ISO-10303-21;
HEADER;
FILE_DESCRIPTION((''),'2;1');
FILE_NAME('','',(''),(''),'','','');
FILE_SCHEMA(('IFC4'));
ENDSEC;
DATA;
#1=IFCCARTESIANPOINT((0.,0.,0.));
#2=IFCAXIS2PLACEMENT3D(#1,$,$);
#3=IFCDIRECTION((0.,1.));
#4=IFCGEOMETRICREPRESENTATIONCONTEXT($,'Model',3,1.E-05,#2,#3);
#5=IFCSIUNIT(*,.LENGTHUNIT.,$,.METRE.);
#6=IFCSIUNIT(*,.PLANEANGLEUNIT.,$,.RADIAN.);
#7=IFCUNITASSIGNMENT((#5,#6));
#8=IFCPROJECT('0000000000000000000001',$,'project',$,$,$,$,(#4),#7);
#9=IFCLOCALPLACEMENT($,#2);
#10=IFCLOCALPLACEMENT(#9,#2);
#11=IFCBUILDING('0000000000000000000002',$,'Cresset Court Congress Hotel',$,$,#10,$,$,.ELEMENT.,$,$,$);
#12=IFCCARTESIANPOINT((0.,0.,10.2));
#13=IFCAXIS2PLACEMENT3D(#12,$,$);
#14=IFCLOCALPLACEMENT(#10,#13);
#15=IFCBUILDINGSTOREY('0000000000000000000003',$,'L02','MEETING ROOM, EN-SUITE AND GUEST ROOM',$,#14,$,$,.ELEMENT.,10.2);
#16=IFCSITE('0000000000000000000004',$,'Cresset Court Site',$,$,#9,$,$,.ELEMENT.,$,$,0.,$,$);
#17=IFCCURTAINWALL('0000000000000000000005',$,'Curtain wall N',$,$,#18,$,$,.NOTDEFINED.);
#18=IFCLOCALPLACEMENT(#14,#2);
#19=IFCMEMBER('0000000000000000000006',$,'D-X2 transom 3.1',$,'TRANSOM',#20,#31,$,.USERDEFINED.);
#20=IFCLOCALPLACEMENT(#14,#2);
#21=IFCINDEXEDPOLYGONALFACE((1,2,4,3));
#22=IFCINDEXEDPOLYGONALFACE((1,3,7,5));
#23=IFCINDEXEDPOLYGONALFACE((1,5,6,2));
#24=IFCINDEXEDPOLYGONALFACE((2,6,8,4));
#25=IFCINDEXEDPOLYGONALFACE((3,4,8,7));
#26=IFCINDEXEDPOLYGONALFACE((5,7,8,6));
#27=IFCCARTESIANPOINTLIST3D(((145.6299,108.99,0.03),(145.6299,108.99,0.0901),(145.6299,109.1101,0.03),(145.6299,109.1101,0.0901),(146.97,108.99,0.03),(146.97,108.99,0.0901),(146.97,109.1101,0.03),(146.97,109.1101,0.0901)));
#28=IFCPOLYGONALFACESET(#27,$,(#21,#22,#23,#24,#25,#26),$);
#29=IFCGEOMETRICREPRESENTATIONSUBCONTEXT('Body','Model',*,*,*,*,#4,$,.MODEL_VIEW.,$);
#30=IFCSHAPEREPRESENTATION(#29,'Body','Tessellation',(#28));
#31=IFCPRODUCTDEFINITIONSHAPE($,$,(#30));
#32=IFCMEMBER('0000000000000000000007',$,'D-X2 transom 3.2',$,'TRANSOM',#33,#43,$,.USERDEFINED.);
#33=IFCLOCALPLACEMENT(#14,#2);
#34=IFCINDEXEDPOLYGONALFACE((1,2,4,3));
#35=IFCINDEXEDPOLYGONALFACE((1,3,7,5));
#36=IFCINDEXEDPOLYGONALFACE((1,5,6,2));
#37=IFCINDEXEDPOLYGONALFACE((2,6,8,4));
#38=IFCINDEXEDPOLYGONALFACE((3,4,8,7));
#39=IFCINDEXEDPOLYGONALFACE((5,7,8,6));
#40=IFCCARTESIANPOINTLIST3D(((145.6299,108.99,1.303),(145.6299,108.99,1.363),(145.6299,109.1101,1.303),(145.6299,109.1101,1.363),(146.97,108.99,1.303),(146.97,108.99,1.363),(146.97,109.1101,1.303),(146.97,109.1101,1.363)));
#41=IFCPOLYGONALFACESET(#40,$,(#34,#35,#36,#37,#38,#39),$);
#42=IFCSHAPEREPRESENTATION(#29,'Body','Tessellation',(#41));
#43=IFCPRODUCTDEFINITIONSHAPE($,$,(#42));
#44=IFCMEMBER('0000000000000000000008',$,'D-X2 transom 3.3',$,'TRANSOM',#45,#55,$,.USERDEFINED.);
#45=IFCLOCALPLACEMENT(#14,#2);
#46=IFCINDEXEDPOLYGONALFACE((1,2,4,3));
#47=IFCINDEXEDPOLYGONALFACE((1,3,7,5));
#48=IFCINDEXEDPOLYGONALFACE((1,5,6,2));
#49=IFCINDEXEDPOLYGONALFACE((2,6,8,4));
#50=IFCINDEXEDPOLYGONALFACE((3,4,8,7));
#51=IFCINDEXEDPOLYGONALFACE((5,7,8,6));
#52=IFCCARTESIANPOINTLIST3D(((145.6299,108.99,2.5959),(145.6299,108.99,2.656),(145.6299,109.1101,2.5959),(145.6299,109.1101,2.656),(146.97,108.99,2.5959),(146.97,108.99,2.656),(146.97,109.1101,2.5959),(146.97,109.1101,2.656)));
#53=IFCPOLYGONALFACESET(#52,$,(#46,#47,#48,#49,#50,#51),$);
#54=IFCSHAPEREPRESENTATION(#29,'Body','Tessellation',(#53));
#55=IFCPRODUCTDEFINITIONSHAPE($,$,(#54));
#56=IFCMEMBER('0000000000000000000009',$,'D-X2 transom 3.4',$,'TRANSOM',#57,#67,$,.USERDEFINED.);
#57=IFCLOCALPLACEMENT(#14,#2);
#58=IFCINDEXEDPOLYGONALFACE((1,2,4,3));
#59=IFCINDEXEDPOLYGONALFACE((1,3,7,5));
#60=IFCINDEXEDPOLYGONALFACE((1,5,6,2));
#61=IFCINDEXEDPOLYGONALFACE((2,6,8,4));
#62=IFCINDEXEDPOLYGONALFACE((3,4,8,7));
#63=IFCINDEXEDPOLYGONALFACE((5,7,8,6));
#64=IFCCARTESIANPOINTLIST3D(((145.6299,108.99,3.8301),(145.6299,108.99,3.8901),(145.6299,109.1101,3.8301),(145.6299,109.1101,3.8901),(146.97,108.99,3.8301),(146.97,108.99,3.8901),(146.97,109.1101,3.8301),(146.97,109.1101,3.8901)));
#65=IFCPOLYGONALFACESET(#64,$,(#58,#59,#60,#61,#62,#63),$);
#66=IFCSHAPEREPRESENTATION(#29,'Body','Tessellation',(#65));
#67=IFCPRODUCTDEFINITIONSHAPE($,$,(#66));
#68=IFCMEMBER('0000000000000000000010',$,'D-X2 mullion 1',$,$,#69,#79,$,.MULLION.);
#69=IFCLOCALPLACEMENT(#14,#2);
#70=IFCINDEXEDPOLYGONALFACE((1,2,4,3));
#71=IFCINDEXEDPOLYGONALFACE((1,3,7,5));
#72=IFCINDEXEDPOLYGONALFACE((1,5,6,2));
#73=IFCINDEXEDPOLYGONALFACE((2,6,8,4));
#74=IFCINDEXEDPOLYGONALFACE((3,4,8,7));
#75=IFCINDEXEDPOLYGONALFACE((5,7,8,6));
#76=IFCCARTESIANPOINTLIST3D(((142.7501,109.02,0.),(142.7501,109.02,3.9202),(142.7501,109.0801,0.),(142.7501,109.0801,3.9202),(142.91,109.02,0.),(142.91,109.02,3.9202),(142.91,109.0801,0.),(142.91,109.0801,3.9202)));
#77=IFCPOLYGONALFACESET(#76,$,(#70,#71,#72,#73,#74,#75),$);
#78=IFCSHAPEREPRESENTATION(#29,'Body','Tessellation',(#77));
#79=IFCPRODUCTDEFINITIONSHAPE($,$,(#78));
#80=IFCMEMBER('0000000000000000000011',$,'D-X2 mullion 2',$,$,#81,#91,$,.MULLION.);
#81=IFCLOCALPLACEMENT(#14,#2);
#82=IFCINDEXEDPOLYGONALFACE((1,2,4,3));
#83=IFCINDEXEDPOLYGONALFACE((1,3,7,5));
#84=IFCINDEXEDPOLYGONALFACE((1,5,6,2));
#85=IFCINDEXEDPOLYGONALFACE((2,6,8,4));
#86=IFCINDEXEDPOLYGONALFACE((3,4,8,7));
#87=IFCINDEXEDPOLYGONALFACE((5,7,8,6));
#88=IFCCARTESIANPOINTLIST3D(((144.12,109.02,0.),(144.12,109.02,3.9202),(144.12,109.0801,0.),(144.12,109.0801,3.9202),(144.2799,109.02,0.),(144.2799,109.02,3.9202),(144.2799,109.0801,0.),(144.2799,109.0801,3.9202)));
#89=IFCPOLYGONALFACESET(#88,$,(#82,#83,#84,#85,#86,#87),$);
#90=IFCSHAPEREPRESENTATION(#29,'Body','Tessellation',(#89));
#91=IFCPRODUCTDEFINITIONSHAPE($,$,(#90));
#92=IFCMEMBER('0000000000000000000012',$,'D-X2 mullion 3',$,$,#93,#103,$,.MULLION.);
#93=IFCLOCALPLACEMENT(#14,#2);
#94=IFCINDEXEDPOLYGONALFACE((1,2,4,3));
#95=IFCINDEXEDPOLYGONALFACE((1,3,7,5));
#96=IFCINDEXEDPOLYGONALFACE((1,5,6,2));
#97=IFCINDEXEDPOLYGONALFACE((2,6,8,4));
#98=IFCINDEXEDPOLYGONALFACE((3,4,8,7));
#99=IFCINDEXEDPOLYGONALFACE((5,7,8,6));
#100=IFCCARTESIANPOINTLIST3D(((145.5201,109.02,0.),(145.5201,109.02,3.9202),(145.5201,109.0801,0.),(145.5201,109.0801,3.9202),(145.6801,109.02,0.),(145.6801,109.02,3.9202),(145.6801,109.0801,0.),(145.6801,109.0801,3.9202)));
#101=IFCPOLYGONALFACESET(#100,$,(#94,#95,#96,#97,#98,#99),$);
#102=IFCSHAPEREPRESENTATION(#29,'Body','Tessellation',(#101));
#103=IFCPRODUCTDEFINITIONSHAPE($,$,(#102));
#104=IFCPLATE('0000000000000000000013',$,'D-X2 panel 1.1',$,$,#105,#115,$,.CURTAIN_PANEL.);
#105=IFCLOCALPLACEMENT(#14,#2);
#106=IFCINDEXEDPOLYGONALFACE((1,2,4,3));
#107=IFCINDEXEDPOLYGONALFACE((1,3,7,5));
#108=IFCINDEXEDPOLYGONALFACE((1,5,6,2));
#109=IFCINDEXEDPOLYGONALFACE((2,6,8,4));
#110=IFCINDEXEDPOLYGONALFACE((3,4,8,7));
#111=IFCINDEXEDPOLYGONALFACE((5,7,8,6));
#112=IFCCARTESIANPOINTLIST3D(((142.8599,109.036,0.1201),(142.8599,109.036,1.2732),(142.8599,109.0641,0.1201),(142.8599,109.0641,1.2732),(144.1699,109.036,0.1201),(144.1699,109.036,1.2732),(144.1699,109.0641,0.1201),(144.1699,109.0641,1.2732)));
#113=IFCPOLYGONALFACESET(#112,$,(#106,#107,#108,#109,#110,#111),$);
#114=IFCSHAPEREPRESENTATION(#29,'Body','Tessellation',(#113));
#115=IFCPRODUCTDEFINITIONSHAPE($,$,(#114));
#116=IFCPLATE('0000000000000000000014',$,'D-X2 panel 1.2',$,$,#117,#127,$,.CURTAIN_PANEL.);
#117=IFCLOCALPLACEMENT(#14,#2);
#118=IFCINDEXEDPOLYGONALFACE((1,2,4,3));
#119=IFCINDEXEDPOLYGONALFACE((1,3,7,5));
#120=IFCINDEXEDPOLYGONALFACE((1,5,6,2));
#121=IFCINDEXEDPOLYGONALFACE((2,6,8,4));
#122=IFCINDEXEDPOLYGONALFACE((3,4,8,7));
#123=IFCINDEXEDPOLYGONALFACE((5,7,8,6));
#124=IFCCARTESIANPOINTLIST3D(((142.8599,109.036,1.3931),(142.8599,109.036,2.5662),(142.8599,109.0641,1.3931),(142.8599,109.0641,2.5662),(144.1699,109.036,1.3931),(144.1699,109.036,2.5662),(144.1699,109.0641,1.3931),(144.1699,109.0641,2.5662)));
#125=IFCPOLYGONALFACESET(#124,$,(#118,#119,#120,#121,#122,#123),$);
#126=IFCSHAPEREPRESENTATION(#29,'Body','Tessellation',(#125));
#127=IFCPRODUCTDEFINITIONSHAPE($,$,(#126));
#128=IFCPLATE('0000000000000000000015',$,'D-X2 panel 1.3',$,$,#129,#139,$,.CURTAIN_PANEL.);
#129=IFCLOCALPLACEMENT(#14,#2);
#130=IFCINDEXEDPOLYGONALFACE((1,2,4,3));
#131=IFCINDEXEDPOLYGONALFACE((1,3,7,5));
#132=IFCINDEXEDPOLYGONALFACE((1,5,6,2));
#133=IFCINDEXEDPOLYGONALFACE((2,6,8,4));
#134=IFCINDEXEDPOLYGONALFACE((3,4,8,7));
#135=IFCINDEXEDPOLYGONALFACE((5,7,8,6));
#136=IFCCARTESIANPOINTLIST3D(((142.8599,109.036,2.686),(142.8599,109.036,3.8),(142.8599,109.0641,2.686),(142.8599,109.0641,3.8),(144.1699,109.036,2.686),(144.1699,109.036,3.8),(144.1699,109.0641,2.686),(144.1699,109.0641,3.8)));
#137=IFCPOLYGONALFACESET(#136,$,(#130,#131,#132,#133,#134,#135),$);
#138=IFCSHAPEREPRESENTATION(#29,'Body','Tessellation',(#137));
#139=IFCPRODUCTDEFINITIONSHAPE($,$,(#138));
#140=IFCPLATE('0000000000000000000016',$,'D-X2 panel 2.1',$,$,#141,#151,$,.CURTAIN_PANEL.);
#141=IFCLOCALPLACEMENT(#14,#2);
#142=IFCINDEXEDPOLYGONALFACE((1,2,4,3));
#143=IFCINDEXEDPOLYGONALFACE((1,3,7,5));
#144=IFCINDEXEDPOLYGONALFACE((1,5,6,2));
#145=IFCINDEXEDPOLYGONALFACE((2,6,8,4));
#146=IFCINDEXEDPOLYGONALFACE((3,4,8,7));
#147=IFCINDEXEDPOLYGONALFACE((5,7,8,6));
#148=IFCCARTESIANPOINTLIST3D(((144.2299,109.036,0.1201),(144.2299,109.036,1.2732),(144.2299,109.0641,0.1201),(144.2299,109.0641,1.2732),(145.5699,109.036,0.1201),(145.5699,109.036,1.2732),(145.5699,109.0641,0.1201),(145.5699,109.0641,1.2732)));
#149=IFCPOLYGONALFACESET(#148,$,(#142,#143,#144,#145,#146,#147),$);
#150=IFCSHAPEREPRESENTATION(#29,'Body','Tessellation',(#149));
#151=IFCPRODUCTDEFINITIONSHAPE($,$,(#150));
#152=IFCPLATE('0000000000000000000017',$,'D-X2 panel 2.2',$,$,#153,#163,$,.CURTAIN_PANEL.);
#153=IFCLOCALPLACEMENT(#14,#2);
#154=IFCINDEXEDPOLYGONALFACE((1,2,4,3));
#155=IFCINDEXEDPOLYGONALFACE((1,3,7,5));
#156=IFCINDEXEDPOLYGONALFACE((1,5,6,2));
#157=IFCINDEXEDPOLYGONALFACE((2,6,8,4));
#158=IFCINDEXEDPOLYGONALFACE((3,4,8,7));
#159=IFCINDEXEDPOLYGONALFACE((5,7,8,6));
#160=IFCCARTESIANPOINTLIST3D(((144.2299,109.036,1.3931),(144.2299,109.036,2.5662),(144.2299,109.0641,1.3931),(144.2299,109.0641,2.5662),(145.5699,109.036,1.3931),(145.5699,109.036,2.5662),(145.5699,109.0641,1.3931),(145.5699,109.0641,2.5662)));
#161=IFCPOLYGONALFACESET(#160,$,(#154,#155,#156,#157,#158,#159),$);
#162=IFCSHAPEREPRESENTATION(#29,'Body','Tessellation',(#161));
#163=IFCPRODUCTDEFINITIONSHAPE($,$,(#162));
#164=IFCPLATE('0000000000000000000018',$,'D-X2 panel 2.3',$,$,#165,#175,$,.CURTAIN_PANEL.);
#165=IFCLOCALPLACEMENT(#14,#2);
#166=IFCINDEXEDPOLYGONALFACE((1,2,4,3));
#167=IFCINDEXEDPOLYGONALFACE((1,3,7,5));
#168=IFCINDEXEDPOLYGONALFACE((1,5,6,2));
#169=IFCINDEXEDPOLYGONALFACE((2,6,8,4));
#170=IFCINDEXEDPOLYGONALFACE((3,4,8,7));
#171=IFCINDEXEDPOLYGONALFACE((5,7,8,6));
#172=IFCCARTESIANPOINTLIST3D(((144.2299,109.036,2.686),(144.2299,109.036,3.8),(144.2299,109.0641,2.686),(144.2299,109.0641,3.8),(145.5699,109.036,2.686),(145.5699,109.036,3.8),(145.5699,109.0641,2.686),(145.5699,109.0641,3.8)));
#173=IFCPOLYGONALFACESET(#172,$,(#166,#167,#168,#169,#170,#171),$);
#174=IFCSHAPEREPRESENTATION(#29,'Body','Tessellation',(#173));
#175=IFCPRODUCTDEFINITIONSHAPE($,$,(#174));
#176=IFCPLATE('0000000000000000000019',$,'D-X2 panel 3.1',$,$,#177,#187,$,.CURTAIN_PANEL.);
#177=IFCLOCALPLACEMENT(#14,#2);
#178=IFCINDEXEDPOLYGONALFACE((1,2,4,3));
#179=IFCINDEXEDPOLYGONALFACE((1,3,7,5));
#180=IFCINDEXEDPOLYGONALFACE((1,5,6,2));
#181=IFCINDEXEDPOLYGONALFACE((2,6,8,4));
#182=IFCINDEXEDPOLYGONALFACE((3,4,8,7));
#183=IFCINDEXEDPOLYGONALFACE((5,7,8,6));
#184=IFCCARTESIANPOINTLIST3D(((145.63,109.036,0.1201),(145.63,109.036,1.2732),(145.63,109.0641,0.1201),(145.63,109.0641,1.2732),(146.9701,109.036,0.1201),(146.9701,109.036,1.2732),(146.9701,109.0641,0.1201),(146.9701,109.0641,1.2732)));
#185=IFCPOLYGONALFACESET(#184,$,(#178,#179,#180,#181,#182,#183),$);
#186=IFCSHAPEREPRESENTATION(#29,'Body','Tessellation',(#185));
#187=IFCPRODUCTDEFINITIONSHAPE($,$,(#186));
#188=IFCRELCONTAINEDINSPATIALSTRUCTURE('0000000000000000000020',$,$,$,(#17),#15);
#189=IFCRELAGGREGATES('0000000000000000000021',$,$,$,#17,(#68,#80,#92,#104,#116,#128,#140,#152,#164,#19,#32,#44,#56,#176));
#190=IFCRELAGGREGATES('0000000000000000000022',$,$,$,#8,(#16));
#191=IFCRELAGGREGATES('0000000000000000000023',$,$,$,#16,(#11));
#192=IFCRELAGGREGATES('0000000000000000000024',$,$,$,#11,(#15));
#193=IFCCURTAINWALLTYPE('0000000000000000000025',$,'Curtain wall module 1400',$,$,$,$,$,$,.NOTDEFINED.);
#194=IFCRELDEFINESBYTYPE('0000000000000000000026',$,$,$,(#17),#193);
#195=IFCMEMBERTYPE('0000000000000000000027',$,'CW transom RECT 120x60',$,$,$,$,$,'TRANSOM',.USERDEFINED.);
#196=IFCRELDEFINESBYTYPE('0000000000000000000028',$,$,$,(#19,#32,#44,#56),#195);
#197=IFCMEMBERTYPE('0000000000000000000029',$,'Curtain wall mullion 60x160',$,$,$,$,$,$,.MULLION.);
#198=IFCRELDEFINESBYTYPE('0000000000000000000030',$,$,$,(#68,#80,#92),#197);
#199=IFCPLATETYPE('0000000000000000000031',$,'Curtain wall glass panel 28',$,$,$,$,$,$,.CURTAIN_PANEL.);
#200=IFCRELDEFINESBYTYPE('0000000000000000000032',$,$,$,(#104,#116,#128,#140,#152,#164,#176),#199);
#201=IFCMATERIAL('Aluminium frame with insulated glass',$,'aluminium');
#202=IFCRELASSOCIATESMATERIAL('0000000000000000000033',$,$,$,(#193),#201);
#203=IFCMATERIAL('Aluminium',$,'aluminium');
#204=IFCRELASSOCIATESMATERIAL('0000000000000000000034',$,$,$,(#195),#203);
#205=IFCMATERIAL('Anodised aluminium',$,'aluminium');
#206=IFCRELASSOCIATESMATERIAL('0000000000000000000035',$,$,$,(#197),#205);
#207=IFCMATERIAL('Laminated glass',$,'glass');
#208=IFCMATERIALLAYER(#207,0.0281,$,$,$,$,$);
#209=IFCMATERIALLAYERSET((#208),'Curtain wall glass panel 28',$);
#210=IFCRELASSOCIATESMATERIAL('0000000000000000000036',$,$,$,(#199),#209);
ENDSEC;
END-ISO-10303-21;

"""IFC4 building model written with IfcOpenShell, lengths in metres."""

from ifc_helpers import new_model, si_unit, direction, frame, origin, origin_2d, place, context, subcontext, project, spatial, rectangle, extrude, material, layer, layer_set, material_profile, profile_set, type_object, element, aggregate, save


model = new_model("IFC4")

# Units and contexts
model_context = context("Model", 3, precision=1e-05, world=origin(), true_north=direction((0.0, 1.0)))
body_context = subcontext(model_context, "Body", "Model", "MODEL_VIEW")
ifc_project = project(units=[si_unit("LENGTHUNIT", "METRE"), si_unit("PLANEANGLEUNIT", "RADIAN")], contexts=[model_context])

# Site, building, storey
site_placement = place(None, origin())
site = spatial("IfcSite", under=ifc_project, at=site_placement, Name="Cresset Court Site", CompositionType="ELEMENT", RefElevation=0.0)
building_placement = place(site_placement, origin())
building = spatial("IfcBuilding", under=site, at=building_placement, Name="Cresset Court Congress Hotel", CompositionType="ELEMENT")
storey_placement = place(building_placement, frame((0.0, 0.0, 10.2)))
storey = spatial("IfcBuildingStorey", under=building, at=storey_placement, Name="L02", Description="MEETING ROOM, EN-SUITE AND GUEST ROOM", CompositionType="ELEMENT", Elevation=10.2)

# Curtain wall, members, plates
ifc_material_1 = material(Name="Aluminium frame with insulated glass", Category="aluminium")
curtain_wall_type = type_object("IfcCurtainWallType", Name="Curtain wall module 1400", PredefinedType="NOTDEFINED", material=ifc_material_1)
curtain_wall_placement = place(storey_placement, origin())
curtain_wall = element("IfcCurtainWall", 1, at=curtain_wall_placement, inside=storey, type_object=curtain_wall_type, Name="Curtain wall N", PredefinedType="NOTDEFINED")
ifc_material_2 = material(Name="Aluminium", Category="aluminium")
ifc_material_profile_1 = material_profile(ifc_material_2, rectangle(XDim=0.1201, YDim=0.0601, at=origin_2d()), Name="AL 120x60")
ifc_profile_set_1 = profile_set([ifc_material_profile_1], Name="Aluminium")
member_type_1 = type_object("IfcMemberType", Name="CW transom RECT 120x60", ElementType="TRANSOM", PredefinedType="USERDEFINED", material=ifc_profile_set_1)
member_1_placement = place(storey_placement, frame((145.6299, 109.05, 0.0601), z_axis=(1.0, 0.0, 0.0), x_axis=(0.0, 1.0, 0.0)))
member_1 = element("IfcMember", 2, at=member_1_placement, type_object=member_type_1, Name="D-X2 transom 3.1", ObjectType="TRANSOM", PredefinedType="USERDEFINED", context=body_context, shape_type="SweptSolid", body=[
    extrude(rectangle(XDim=0.1201, YDim=0.0601, at=origin_2d()), origin(), (0.0, 0.0, 1.0), 1.3401),
])
member_2_placement = place(storey_placement, frame((145.6299, 109.05, 1.333), z_axis=(1.0, 0.0, 0.0), x_axis=(0.0, 1.0, 0.0)))
member_2 = element("IfcMember", 3, at=member_2_placement, type_object=member_type_1, Name="D-X2 transom 3.2", ObjectType="TRANSOM", PredefinedType="USERDEFINED", context=body_context, shape_type="SweptSolid", body=[
    extrude(rectangle(XDim=0.1201, YDim=0.0601, at=origin_2d()), origin(), (0.0, 0.0, 1.0), 1.3401),
])
member_3_placement = place(storey_placement, frame((145.6299, 109.05, 2.626), z_axis=(1.0, 0.0, 0.0), x_axis=(0.0, 1.0, 0.0)))
member_3 = element("IfcMember", 4, at=member_3_placement, type_object=member_type_1, Name="D-X2 transom 3.3", ObjectType="TRANSOM", PredefinedType="USERDEFINED", context=body_context, shape_type="SweptSolid", body=[
    extrude(rectangle(XDim=0.1201, YDim=0.0601, at=origin_2d()), origin(), (0.0, 0.0, 1.0), 1.3401),
])
member_4_placement = place(storey_placement, frame((145.6299, 109.05, 3.8601), z_axis=(1.0, 0.0, 0.0), x_axis=(0.0, 1.0, 0.0)))
member_4 = element("IfcMember", 5, at=member_4_placement, type_object=member_type_1, Name="D-X2 transom 3.4", ObjectType="TRANSOM", PredefinedType="USERDEFINED", context=body_context, shape_type="SweptSolid", body=[
    extrude(rectangle(XDim=0.1201, YDim=0.0601, at=origin_2d()), origin(), (0.0, 0.0, 1.0), 1.3401),
])
ifc_material_3 = material(Name="Anodised aluminium", Category="aluminium")
ifc_material_profile_2 = material_profile(ifc_material_3, rectangle(XDim=0.0601, YDim=0.1599, at=origin_2d()), Name="AL60x160")
ifc_profile_set_2 = profile_set([ifc_material_profile_2], Name="Anodised aluminium")
member_type_2 = type_object("IfcMemberType", Name="Curtain wall mullion 60x160", PredefinedType="MULLION", material=ifc_profile_set_2)
member_5_placement = place(storey_placement, frame((142.8301, 109.05, 0.0), z_axis=(0.0, 0.0, 1.0), x_axis=(0.0, 1.0, 0.0)))
member_5 = element("IfcMember", 6, at=member_5_placement, type_object=member_type_2, Name="D-X2 mullion 1", PredefinedType="MULLION", context=body_context, shape_type="SweptSolid", body=[
    extrude(rectangle(XDim=0.0601, YDim=0.1599, at=origin_2d()), origin(), (0.0, 0.0, 1.0), 3.9202),
])
member_6_placement = place(storey_placement, frame((144.2, 109.05, 0.0), z_axis=(0.0, 0.0, 1.0), x_axis=(0.0, 1.0, 0.0)))
member_6 = element("IfcMember", 7, at=member_6_placement, type_object=member_type_2, Name="D-X2 mullion 2", PredefinedType="MULLION", context=body_context, shape_type="SweptSolid", body=[
    extrude(rectangle(XDim=0.0601, YDim=0.1599, at=origin_2d()), origin(), (0.0, 0.0, 1.0), 3.9202),
])
member_7_placement = place(storey_placement, frame((145.6001, 109.05, 0.0), z_axis=(0.0, 0.0, 1.0), x_axis=(0.0, 1.0, 0.0)))
member_7 = element("IfcMember", 8, at=member_7_placement, type_object=member_type_2, Name="D-X2 mullion 3", PredefinedType="MULLION", context=body_context, shape_type="SweptSolid", body=[
    extrude(rectangle(XDim=0.0601, YDim=0.1599, at=origin_2d()), origin(), (0.0, 0.0, 1.0), 3.9202),
])
ifc_material_4 = material(Name="Laminated glass", Category="glass")
ifc_layer = layer(ifc_material_4, 0.0281)
ifc_layer_set = layer_set([ifc_layer], Name="Curtain wall glass panel 28")
plate_type = type_object("IfcPlateType", Name="Curtain wall glass panel 28", PredefinedType="CURTAIN_PANEL", material=ifc_layer_set)
plate_1_placement = place(storey_placement, frame((143.5149, 109.05, 0.1201), z_axis=(0.0, 0.0, 1.0), x_axis=(1.0, 0.0, 0.0)))
plate_1 = element("IfcPlate", 9, at=plate_1_placement, type_object=plate_type, Name="D-X2 panel 1.1", PredefinedType="CURTAIN_PANEL", context=body_context, shape_type="SweptSolid", body=[
    extrude(rectangle(XDim=1.3101, YDim=0.0281, at=origin_2d()), origin(), (0.0, 0.0, 1.0), 1.1531),
])
plate_2_placement = place(storey_placement, frame((143.5149, 109.05, 1.3931), z_axis=(0.0, 0.0, 1.0), x_axis=(1.0, 0.0, 0.0)))
plate_2 = element("IfcPlate", 10, at=plate_2_placement, type_object=plate_type, Name="D-X2 panel 1.2", PredefinedType="CURTAIN_PANEL", context=body_context, shape_type="SweptSolid", body=[
    extrude(rectangle(XDim=1.3101, YDim=0.0281, at=origin_2d()), origin(), (0.0, 0.0, 1.0), 1.1731),
])
plate_3_placement = place(storey_placement, frame((143.5149, 109.05, 2.686), z_axis=(0.0, 0.0, 1.0), x_axis=(1.0, 0.0, 0.0)))
plate_3 = element("IfcPlate", 11, at=plate_3_placement, type_object=plate_type, Name="D-X2 panel 1.3", PredefinedType="CURTAIN_PANEL", context=body_context, shape_type="SweptSolid", body=[
    extrude(rectangle(XDim=1.3101, YDim=0.0281, at=origin_2d()), origin(), (0.0, 0.0, 1.0), 1.114),
])
plate_4_placement = place(storey_placement, frame((144.8999, 109.05, 0.1201), z_axis=(0.0, 0.0, 1.0), x_axis=(1.0, 0.0, 0.0)))
plate_4 = element("IfcPlate", 12, at=plate_4_placement, type_object=plate_type, Name="D-X2 panel 2.1", PredefinedType="CURTAIN_PANEL", context=body_context, shape_type="SweptSolid", body=[
    extrude(rectangle(XDim=1.3401, YDim=0.0281, at=origin_2d()), origin(), (0.0, 0.0, 1.0), 1.1531),
])
plate_5_placement = place(storey_placement, frame((144.8999, 109.05, 1.3931), z_axis=(0.0, 0.0, 1.0), x_axis=(1.0, 0.0, 0.0)))
plate_5 = element("IfcPlate", 13, at=plate_5_placement, type_object=plate_type, Name="D-X2 panel 2.2", PredefinedType="CURTAIN_PANEL", context=body_context, shape_type="SweptSolid", body=[
    extrude(rectangle(XDim=1.3401, YDim=0.0281, at=origin_2d()), origin(), (0.0, 0.0, 1.0), 1.1731),
])
plate_6_placement = place(storey_placement, frame((144.8999, 109.05, 2.686), z_axis=(0.0, 0.0, 1.0), x_axis=(1.0, 0.0, 0.0)))
plate_6 = element("IfcPlate", 14, at=plate_6_placement, type_object=plate_type, Name="D-X2 panel 2.3", PredefinedType="CURTAIN_PANEL", context=body_context, shape_type="SweptSolid", body=[
    extrude(rectangle(XDim=1.3401, YDim=0.0281, at=origin_2d()), origin(), (0.0, 0.0, 1.0), 1.114),
])
plate_7_placement = place(storey_placement, frame((146.3, 109.05, 0.1201), z_axis=(0.0, 0.0, 1.0), x_axis=(1.0, 0.0, 0.0)))
plate_7 = element("IfcPlate", 15, at=plate_7_placement, type_object=plate_type, Name="D-X2 panel 3.1", PredefinedType="CURTAIN_PANEL", context=body_context, shape_type="SweptSolid", body=[
    extrude(rectangle(XDim=1.3401, YDim=0.0281, at=origin_2d()), origin(), (0.0, 0.0, 1.0), 1.1531),
])
aggregate(curtain_wall, [member_5, member_6, member_7, plate_1, plate_2, plate_3, plate_4, plate_5, plate_6, member_1, member_2, member_3, member_4, plate_7])

save(model, "model.ifc")
